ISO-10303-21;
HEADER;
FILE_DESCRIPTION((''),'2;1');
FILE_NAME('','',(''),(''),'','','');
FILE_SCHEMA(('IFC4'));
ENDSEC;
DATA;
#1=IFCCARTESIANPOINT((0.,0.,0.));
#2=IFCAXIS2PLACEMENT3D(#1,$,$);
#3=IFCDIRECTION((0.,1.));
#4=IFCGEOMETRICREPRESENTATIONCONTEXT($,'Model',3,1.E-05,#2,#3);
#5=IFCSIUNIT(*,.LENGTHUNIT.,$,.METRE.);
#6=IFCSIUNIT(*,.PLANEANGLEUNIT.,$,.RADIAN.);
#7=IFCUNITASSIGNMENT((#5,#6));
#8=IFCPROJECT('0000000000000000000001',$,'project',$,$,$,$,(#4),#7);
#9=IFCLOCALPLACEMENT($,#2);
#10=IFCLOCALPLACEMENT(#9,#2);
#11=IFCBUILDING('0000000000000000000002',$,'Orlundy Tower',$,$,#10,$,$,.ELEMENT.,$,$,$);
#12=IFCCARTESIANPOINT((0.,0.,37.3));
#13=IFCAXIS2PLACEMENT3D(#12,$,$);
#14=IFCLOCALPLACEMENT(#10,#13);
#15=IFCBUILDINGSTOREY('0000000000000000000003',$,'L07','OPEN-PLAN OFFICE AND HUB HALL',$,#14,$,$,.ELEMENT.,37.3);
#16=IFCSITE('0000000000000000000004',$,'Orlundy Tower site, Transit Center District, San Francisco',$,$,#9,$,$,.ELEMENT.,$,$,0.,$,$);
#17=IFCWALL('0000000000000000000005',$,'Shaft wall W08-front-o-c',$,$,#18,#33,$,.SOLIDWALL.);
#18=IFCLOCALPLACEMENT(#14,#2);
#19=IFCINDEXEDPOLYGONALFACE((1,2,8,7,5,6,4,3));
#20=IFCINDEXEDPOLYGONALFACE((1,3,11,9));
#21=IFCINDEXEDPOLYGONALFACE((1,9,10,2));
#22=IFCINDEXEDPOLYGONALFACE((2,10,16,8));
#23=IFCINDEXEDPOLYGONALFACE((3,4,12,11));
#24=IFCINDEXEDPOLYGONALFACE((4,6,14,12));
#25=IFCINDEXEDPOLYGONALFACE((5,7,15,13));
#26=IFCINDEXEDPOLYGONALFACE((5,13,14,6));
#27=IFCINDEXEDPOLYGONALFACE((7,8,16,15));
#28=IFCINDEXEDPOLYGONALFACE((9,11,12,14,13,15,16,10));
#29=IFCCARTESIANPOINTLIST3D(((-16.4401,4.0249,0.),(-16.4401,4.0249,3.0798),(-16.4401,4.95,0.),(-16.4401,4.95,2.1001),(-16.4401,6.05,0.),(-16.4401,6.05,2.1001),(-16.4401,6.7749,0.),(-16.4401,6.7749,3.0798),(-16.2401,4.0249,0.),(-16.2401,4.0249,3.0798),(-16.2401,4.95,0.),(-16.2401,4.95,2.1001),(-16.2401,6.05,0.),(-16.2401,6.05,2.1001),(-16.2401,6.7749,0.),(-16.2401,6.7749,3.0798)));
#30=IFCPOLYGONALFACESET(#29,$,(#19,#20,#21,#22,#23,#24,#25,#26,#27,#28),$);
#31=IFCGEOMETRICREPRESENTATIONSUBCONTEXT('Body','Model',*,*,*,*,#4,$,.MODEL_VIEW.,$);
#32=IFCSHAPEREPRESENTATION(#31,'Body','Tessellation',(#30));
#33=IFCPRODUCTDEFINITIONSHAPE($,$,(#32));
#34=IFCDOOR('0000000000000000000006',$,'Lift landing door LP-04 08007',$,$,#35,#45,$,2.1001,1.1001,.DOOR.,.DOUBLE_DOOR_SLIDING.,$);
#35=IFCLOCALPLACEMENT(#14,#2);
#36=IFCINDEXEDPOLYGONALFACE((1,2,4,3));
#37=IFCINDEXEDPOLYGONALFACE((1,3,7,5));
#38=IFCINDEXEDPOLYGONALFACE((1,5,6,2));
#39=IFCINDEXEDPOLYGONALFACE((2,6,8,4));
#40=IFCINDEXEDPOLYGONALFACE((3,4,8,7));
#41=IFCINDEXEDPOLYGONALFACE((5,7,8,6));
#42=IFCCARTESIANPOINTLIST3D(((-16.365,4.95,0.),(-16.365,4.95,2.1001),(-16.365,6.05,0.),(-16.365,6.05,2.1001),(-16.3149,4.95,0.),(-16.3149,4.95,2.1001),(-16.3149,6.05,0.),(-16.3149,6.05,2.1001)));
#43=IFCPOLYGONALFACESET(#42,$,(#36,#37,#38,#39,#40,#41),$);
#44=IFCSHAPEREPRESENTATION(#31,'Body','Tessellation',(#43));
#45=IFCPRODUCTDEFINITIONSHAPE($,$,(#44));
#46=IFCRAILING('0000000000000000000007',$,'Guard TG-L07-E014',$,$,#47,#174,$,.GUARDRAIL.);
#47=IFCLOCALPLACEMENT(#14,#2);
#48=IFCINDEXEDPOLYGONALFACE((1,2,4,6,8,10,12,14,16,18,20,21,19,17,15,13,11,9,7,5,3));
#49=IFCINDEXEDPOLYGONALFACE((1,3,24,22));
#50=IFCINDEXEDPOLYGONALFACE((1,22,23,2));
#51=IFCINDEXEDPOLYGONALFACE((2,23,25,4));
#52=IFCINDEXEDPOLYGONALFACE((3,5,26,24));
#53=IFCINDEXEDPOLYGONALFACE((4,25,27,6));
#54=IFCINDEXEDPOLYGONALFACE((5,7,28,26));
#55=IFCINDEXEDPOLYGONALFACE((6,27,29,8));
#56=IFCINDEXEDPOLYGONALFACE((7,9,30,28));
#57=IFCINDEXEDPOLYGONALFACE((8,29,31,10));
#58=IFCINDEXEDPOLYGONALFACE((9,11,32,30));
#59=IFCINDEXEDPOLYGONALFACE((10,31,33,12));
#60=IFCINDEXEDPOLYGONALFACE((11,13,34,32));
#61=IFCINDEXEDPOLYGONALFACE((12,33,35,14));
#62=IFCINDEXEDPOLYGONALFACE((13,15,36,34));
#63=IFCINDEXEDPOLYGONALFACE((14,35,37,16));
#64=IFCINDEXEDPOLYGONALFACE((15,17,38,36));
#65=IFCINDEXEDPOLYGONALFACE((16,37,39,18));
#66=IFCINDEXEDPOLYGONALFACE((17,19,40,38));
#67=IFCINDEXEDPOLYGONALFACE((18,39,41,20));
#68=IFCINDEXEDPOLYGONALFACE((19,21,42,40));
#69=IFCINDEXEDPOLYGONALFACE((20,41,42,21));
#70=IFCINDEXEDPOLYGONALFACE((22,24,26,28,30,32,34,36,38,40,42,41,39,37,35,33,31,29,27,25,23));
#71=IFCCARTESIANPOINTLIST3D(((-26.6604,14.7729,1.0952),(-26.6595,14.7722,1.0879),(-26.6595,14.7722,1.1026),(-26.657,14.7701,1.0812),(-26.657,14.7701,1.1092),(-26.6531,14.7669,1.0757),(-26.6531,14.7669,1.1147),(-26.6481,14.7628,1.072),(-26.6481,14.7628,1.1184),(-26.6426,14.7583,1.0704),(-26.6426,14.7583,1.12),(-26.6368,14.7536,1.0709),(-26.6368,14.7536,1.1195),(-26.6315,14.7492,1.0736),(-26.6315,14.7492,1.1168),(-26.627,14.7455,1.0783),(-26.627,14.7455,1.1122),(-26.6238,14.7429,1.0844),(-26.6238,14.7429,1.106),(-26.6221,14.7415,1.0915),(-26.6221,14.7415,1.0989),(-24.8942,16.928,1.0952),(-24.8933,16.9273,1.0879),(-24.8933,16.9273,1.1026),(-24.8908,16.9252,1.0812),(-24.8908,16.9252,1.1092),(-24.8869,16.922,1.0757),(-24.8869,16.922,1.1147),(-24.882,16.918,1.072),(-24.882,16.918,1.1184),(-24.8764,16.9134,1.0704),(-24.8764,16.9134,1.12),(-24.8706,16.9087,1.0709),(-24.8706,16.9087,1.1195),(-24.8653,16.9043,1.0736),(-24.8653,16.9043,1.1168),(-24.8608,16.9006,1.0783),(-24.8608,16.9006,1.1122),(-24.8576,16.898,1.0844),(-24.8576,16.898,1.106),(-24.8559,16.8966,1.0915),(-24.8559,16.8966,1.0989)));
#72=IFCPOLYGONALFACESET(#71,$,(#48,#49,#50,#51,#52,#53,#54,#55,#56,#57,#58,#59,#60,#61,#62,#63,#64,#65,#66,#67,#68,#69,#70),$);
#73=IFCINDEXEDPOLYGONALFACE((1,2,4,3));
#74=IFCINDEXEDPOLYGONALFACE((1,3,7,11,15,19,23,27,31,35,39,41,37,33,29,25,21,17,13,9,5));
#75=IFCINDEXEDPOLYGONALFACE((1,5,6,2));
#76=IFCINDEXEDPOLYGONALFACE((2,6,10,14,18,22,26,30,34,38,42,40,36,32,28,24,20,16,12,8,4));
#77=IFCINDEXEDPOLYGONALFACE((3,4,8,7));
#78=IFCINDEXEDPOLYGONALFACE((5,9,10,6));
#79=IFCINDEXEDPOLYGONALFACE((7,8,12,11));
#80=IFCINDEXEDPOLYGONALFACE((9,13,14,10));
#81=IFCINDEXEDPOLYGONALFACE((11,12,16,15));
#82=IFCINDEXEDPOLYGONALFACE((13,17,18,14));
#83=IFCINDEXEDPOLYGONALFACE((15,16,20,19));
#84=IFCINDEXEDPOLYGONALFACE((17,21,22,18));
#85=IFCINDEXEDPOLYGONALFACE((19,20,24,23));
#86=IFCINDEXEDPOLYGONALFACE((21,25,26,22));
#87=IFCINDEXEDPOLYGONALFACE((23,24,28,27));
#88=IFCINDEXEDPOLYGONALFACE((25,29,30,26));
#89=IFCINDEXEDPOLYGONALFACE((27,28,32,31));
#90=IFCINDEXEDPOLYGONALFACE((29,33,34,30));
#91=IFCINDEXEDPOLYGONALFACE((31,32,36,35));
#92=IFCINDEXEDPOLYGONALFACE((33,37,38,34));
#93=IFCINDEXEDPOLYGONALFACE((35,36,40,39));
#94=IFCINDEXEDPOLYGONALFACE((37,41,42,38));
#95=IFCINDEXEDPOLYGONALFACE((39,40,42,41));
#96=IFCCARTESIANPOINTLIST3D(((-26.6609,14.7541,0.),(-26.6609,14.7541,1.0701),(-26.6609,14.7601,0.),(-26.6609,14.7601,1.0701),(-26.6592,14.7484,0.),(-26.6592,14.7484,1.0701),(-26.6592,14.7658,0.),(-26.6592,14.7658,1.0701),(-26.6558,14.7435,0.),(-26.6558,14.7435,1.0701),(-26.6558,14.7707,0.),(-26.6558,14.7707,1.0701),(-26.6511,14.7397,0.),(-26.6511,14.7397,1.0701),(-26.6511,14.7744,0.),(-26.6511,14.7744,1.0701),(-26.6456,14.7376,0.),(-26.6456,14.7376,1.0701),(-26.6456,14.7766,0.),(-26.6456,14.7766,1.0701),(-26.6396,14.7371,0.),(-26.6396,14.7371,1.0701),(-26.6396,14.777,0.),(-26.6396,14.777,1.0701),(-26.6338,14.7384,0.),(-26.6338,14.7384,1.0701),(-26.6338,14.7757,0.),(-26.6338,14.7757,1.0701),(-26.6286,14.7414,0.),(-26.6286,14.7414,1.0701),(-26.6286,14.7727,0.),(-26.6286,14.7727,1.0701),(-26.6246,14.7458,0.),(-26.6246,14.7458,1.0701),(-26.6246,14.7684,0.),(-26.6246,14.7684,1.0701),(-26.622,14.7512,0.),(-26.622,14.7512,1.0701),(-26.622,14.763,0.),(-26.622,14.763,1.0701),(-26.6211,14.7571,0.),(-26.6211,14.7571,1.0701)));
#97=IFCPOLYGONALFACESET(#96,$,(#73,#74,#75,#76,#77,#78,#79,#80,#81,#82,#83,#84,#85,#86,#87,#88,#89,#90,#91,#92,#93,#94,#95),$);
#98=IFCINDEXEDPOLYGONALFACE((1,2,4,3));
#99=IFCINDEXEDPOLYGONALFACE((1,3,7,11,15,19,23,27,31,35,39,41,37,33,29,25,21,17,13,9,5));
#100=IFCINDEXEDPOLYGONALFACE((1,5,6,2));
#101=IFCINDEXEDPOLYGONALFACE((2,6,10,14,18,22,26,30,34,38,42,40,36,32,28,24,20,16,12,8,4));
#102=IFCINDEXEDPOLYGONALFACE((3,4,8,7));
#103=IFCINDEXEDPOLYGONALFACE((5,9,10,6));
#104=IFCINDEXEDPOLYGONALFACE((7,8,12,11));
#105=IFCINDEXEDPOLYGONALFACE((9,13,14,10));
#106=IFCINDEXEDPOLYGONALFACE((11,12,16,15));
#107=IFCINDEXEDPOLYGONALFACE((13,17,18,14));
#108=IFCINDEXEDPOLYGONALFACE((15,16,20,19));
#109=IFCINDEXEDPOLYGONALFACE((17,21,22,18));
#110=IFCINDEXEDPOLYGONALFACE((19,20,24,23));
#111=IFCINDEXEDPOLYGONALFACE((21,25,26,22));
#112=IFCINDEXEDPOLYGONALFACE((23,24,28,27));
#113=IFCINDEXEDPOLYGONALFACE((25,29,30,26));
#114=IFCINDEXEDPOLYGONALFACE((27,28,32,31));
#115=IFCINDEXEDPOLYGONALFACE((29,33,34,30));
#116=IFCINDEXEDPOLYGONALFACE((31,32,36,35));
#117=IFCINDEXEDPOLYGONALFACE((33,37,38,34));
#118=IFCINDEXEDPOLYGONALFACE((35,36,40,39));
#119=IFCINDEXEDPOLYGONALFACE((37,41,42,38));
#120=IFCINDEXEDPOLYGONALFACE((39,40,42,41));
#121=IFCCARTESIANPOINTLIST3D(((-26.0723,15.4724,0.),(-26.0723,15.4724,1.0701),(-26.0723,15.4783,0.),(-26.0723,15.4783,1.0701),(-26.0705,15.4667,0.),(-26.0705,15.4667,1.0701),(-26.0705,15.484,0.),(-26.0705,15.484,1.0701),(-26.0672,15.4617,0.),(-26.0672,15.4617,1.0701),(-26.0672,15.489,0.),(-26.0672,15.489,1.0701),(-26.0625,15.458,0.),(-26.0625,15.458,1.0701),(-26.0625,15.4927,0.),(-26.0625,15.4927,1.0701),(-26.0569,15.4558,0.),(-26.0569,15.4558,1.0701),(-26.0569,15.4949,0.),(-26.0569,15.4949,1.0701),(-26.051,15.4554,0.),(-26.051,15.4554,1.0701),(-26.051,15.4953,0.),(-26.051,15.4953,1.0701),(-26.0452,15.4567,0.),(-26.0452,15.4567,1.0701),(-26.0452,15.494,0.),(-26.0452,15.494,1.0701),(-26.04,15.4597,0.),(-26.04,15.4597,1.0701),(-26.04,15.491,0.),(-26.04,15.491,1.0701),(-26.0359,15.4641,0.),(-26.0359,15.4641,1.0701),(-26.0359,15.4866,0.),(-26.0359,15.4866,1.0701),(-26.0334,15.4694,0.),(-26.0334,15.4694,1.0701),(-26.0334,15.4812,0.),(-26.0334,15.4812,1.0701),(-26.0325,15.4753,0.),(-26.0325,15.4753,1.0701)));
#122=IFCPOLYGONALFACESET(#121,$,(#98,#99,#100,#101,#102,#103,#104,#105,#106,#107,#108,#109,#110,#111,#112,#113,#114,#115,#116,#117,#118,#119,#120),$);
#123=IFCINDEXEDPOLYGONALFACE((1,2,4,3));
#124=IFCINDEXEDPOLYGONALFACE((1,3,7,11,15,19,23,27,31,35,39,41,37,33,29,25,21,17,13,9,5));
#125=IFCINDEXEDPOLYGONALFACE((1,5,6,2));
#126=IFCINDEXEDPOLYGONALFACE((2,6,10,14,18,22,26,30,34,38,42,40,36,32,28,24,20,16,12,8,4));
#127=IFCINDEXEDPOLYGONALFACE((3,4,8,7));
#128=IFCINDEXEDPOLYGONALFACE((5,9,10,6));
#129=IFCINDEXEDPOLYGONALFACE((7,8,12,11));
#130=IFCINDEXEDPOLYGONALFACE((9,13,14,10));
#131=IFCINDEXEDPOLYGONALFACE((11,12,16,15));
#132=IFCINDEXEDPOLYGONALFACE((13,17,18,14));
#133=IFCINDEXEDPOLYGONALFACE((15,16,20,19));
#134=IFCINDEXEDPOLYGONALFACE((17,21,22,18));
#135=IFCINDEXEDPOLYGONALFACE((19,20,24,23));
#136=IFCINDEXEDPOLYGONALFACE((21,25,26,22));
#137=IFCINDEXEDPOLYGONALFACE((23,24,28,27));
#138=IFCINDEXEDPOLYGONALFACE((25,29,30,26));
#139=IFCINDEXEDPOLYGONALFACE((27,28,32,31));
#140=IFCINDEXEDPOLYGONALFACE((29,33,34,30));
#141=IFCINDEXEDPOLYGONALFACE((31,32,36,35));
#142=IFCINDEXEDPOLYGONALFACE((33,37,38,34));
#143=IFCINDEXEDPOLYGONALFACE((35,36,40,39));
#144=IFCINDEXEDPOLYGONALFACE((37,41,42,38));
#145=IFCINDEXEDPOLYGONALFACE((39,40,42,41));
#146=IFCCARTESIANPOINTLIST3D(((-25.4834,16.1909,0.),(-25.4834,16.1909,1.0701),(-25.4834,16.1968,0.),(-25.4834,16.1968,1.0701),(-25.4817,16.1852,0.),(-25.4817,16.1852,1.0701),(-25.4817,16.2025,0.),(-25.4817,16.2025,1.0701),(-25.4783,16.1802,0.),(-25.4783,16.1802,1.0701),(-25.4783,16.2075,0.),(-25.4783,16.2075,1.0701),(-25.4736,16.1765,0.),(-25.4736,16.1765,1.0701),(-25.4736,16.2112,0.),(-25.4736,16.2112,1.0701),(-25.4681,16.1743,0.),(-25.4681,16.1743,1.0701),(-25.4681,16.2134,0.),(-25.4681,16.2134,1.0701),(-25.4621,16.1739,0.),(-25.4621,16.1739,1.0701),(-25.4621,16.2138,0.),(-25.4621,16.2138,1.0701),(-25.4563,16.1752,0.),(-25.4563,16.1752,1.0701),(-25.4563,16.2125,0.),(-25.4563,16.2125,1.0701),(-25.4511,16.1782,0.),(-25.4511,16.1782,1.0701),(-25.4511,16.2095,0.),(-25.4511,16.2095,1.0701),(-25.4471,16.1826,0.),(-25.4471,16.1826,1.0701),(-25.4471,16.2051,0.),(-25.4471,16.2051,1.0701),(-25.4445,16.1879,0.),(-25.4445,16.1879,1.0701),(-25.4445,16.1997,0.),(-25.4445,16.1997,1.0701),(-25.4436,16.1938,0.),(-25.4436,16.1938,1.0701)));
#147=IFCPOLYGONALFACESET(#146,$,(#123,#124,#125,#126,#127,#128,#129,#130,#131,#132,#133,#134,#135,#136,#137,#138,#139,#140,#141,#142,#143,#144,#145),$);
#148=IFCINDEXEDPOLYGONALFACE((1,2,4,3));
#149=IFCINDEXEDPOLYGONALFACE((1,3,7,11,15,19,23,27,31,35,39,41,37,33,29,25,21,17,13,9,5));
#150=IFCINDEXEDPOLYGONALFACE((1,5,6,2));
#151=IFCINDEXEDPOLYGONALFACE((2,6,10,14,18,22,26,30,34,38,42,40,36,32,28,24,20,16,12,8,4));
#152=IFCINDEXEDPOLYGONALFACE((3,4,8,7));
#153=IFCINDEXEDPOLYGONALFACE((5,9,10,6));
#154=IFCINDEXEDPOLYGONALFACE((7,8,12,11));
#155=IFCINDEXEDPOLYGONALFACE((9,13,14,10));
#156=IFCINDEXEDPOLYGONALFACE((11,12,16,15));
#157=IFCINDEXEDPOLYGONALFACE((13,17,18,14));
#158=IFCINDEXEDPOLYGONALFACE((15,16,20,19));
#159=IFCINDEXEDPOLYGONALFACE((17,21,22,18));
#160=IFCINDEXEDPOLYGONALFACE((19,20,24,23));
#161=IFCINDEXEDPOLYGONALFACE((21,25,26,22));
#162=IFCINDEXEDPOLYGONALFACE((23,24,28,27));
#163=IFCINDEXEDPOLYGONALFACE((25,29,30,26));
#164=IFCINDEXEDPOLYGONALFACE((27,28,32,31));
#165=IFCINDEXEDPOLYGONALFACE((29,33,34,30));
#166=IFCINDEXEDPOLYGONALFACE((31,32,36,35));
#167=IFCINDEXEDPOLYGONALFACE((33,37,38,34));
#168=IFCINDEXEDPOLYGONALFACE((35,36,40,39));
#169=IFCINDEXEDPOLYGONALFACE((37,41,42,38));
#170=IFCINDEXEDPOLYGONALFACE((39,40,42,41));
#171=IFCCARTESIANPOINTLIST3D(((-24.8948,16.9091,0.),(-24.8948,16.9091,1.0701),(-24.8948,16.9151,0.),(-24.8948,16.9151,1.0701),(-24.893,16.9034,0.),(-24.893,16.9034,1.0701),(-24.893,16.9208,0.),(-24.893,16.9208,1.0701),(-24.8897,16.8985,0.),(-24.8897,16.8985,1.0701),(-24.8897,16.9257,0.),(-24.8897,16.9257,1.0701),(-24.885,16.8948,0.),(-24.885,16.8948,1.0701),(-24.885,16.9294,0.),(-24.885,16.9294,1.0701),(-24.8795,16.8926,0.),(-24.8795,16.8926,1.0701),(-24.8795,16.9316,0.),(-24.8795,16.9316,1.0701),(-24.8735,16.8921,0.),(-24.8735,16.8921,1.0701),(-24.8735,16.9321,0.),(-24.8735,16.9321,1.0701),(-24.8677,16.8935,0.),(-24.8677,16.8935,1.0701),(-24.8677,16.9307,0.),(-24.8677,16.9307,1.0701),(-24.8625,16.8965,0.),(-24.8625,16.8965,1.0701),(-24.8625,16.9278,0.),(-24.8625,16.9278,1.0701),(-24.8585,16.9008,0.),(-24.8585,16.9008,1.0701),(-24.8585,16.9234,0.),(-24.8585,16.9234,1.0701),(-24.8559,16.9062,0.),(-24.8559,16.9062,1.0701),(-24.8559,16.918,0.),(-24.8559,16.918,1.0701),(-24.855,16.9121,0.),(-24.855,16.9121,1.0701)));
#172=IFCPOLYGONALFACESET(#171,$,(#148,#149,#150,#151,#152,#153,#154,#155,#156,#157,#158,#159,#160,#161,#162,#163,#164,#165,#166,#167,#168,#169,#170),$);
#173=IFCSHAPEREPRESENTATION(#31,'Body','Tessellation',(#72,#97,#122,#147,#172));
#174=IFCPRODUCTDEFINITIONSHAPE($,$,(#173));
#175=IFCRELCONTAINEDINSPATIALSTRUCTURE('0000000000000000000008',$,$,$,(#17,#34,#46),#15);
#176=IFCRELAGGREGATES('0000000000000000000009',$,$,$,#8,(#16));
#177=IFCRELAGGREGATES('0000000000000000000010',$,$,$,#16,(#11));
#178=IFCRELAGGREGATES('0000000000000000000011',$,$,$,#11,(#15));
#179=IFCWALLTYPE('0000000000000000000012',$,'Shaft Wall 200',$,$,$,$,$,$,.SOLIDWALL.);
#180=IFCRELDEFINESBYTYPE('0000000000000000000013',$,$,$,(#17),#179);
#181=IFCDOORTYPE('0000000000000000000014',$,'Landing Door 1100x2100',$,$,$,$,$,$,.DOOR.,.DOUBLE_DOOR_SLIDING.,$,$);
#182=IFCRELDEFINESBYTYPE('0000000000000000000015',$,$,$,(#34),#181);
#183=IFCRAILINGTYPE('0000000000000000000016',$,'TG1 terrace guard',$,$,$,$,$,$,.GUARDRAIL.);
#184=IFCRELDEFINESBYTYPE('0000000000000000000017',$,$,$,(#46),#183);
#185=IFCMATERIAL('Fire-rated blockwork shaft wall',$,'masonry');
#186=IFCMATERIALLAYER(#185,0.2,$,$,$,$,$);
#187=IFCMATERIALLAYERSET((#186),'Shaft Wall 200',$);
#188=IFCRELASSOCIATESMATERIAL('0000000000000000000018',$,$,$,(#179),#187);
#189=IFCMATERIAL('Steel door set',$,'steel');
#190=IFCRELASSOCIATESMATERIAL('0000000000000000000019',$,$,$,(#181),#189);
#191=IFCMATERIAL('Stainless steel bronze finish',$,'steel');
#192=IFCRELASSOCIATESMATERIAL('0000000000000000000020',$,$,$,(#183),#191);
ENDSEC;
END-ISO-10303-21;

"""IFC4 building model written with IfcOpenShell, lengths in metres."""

from ifc_helpers import new_model, si_unit, direction, frame, frame_2d, origin, origin_2d, place, context, subcontext, project, spatial, rectangle, circle, extrude, material, layer, layer_set, type_object, element, fill, save


model = new_model("IFC4")

# Units and contexts
model_context = context("Model", 3, precision=1e-05, world=origin(), true_north=direction((0.0, 1.0)))
body_context = subcontext(model_context, "Body", "Model", "MODEL_VIEW")
ifc_project = project(units=[si_unit("LENGTHUNIT", "METRE"), si_unit("PLANEANGLEUNIT", "RADIAN")], contexts=[model_context])

# Site, building, storey
site_placement = place(None, origin())
site = spatial("IfcSite", under=ifc_project, at=site_placement, Name="Orlundy Tower site, Transit Center District, San Francisco", CompositionType="ELEMENT", RefElevation=0.0)
building_placement = place(site_placement, origin())
building = spatial("IfcBuilding", under=site, at=building_placement, Name="Orlundy Tower", CompositionType="ELEMENT")
storey_placement = place(building_placement, frame((0.0, 0.0, 37.3)))
storey = spatial("IfcBuildingStorey", under=building, at=storey_placement, Name="L07", Description="OPEN-PLAN OFFICE AND HUB HALL", CompositionType="ELEMENT", Elevation=37.3)

# Wall, opening, door
ifc_material_1 = material(Name="Fire-rated blockwork shaft wall", Category="masonry")
ifc_layer_1 = layer(ifc_material_1, 0.2)
ifc_layer_set_1 = layer_set([ifc_layer_1], Name="Shaft Wall 200")
wall_type_1 = type_object("IfcWallType", Name="Shaft Wall 200", PredefinedType="SOLIDWALL", material=ifc_layer_set_1)
wall_1_placement = place(storey_placement, frame((-16.3401, 4.0249, 0.0), z_axis=(0.0, 0.0, 1.0), x_axis=(0.0, 1.0, 0.0)))
wall_1 = element("IfcWall", 1, at=wall_1_placement, inside=storey, type_object=wall_type_1, Name="Shaft wall W08-front-o-c", PredefinedType="SOLIDWALL", context=body_context, shape_type="SweptSolid", body=[
    extrude(rectangle(XDim=2.75, YDim=0.2, at=frame_2d((1.375, 0.0))), origin(), (0.0, 0.0, 1.0), 3.0798),
])
opening_1_placement = place(wall_1_placement, frame((0.925, 0.0, 0.0)))
opening_1 = element("IfcOpeningElement", 2, at=opening_1_placement, cuts=wall_1, PredefinedType="OPENING", context=body_context, shape_type="SweptSolid", body=[
    extrude(rectangle(XDim=1.1001, YDim=2.1001, at=frame_2d((0.55, 1.05))), frame((0.0, 0.1101, 0.0), z_axis=(0.0, -1.0, 0.0), x_axis=(1.0, 0.0, 0.0)), (0.0, 0.0, 1.0), 0.2202),
])
ifc_material_2 = material(Name="Steel door set", Category="steel")
door_type_1 = type_object("IfcDoorType", Name="Landing Door 1100x2100", OperationType="DOUBLE_DOOR_SLIDING", PredefinedType="DOOR", material=ifc_material_2)
door_1_placement = place(opening_1_placement, origin())
door_1 = element("IfcDoor", 3, at=door_1_placement, inside=storey, type_object=door_type_1, Name="Lift landing door LP-04 08007", OperationType="DOUBLE_DOOR_SLIDING", OverallHeight=2.1001, OverallWidth=1.1001, PredefinedType="DOOR", context=body_context, shape_type="SweptSolid", body=[
    extrude(rectangle(XDim=1.1001, YDim=2.1001, at=frame_2d((0.55, 1.05))), frame((0.0, 0.0249, 0.0), z_axis=(0.0, -1.0, 0.0), x_axis=(1.0, 0.0, 0.0)), (0.0, 0.0, 1.0), 0.05),
])
fill(opening_1, door_1)

# Railing
ifc_material_3 = material(Name="Stainless steel bronze finish", Category="steel")
railing_type = type_object("IfcRailingType", Name="TG1 terrace guard", PredefinedType="GUARDRAIL", material=ifc_material_3)
railing_1_placement = place(storey_placement, frame((-26.6411, 14.7571, 0.0)))
element("IfcRailing", 4, at=railing_1_placement, inside=storey, type_object=railing_type, Name="Guard TG-L07-E014", PredefinedType="GUARDRAIL", context=body_context, shape_type="SweptSolid", body=[
    extrude(circle(Radius=0.0249, at=origin_2d()), frame((0.0, 0.0, 1.0952), z_axis=(0.633863, 0.773446, 0.0), x_axis=(-0.773446, 0.633863, 0.0)), (0.0, 0.0, 1.0), 2.7864),
    extrude(circle(Radius=0.02, at=origin_2d()), origin(), (0.0, 0.0, 1.0), 1.0701),
    extrude(circle(Radius=0.02, at=origin_2d()), frame((0.5886, 0.7183, 0.0)), (0.0, 0.0, 1.0), 1.0701),
    extrude(circle(Radius=0.02, at=origin_2d()), frame((1.1775, 1.4368, 0.0)), (0.0, 0.0, 1.0), 1.0701),
    extrude(circle(Radius=0.02, at=origin_2d()), frame((1.7661, 2.155, 0.0)), (0.0, 0.0, 1.0), 1.0701),
])

save(model, "model.ifc")
